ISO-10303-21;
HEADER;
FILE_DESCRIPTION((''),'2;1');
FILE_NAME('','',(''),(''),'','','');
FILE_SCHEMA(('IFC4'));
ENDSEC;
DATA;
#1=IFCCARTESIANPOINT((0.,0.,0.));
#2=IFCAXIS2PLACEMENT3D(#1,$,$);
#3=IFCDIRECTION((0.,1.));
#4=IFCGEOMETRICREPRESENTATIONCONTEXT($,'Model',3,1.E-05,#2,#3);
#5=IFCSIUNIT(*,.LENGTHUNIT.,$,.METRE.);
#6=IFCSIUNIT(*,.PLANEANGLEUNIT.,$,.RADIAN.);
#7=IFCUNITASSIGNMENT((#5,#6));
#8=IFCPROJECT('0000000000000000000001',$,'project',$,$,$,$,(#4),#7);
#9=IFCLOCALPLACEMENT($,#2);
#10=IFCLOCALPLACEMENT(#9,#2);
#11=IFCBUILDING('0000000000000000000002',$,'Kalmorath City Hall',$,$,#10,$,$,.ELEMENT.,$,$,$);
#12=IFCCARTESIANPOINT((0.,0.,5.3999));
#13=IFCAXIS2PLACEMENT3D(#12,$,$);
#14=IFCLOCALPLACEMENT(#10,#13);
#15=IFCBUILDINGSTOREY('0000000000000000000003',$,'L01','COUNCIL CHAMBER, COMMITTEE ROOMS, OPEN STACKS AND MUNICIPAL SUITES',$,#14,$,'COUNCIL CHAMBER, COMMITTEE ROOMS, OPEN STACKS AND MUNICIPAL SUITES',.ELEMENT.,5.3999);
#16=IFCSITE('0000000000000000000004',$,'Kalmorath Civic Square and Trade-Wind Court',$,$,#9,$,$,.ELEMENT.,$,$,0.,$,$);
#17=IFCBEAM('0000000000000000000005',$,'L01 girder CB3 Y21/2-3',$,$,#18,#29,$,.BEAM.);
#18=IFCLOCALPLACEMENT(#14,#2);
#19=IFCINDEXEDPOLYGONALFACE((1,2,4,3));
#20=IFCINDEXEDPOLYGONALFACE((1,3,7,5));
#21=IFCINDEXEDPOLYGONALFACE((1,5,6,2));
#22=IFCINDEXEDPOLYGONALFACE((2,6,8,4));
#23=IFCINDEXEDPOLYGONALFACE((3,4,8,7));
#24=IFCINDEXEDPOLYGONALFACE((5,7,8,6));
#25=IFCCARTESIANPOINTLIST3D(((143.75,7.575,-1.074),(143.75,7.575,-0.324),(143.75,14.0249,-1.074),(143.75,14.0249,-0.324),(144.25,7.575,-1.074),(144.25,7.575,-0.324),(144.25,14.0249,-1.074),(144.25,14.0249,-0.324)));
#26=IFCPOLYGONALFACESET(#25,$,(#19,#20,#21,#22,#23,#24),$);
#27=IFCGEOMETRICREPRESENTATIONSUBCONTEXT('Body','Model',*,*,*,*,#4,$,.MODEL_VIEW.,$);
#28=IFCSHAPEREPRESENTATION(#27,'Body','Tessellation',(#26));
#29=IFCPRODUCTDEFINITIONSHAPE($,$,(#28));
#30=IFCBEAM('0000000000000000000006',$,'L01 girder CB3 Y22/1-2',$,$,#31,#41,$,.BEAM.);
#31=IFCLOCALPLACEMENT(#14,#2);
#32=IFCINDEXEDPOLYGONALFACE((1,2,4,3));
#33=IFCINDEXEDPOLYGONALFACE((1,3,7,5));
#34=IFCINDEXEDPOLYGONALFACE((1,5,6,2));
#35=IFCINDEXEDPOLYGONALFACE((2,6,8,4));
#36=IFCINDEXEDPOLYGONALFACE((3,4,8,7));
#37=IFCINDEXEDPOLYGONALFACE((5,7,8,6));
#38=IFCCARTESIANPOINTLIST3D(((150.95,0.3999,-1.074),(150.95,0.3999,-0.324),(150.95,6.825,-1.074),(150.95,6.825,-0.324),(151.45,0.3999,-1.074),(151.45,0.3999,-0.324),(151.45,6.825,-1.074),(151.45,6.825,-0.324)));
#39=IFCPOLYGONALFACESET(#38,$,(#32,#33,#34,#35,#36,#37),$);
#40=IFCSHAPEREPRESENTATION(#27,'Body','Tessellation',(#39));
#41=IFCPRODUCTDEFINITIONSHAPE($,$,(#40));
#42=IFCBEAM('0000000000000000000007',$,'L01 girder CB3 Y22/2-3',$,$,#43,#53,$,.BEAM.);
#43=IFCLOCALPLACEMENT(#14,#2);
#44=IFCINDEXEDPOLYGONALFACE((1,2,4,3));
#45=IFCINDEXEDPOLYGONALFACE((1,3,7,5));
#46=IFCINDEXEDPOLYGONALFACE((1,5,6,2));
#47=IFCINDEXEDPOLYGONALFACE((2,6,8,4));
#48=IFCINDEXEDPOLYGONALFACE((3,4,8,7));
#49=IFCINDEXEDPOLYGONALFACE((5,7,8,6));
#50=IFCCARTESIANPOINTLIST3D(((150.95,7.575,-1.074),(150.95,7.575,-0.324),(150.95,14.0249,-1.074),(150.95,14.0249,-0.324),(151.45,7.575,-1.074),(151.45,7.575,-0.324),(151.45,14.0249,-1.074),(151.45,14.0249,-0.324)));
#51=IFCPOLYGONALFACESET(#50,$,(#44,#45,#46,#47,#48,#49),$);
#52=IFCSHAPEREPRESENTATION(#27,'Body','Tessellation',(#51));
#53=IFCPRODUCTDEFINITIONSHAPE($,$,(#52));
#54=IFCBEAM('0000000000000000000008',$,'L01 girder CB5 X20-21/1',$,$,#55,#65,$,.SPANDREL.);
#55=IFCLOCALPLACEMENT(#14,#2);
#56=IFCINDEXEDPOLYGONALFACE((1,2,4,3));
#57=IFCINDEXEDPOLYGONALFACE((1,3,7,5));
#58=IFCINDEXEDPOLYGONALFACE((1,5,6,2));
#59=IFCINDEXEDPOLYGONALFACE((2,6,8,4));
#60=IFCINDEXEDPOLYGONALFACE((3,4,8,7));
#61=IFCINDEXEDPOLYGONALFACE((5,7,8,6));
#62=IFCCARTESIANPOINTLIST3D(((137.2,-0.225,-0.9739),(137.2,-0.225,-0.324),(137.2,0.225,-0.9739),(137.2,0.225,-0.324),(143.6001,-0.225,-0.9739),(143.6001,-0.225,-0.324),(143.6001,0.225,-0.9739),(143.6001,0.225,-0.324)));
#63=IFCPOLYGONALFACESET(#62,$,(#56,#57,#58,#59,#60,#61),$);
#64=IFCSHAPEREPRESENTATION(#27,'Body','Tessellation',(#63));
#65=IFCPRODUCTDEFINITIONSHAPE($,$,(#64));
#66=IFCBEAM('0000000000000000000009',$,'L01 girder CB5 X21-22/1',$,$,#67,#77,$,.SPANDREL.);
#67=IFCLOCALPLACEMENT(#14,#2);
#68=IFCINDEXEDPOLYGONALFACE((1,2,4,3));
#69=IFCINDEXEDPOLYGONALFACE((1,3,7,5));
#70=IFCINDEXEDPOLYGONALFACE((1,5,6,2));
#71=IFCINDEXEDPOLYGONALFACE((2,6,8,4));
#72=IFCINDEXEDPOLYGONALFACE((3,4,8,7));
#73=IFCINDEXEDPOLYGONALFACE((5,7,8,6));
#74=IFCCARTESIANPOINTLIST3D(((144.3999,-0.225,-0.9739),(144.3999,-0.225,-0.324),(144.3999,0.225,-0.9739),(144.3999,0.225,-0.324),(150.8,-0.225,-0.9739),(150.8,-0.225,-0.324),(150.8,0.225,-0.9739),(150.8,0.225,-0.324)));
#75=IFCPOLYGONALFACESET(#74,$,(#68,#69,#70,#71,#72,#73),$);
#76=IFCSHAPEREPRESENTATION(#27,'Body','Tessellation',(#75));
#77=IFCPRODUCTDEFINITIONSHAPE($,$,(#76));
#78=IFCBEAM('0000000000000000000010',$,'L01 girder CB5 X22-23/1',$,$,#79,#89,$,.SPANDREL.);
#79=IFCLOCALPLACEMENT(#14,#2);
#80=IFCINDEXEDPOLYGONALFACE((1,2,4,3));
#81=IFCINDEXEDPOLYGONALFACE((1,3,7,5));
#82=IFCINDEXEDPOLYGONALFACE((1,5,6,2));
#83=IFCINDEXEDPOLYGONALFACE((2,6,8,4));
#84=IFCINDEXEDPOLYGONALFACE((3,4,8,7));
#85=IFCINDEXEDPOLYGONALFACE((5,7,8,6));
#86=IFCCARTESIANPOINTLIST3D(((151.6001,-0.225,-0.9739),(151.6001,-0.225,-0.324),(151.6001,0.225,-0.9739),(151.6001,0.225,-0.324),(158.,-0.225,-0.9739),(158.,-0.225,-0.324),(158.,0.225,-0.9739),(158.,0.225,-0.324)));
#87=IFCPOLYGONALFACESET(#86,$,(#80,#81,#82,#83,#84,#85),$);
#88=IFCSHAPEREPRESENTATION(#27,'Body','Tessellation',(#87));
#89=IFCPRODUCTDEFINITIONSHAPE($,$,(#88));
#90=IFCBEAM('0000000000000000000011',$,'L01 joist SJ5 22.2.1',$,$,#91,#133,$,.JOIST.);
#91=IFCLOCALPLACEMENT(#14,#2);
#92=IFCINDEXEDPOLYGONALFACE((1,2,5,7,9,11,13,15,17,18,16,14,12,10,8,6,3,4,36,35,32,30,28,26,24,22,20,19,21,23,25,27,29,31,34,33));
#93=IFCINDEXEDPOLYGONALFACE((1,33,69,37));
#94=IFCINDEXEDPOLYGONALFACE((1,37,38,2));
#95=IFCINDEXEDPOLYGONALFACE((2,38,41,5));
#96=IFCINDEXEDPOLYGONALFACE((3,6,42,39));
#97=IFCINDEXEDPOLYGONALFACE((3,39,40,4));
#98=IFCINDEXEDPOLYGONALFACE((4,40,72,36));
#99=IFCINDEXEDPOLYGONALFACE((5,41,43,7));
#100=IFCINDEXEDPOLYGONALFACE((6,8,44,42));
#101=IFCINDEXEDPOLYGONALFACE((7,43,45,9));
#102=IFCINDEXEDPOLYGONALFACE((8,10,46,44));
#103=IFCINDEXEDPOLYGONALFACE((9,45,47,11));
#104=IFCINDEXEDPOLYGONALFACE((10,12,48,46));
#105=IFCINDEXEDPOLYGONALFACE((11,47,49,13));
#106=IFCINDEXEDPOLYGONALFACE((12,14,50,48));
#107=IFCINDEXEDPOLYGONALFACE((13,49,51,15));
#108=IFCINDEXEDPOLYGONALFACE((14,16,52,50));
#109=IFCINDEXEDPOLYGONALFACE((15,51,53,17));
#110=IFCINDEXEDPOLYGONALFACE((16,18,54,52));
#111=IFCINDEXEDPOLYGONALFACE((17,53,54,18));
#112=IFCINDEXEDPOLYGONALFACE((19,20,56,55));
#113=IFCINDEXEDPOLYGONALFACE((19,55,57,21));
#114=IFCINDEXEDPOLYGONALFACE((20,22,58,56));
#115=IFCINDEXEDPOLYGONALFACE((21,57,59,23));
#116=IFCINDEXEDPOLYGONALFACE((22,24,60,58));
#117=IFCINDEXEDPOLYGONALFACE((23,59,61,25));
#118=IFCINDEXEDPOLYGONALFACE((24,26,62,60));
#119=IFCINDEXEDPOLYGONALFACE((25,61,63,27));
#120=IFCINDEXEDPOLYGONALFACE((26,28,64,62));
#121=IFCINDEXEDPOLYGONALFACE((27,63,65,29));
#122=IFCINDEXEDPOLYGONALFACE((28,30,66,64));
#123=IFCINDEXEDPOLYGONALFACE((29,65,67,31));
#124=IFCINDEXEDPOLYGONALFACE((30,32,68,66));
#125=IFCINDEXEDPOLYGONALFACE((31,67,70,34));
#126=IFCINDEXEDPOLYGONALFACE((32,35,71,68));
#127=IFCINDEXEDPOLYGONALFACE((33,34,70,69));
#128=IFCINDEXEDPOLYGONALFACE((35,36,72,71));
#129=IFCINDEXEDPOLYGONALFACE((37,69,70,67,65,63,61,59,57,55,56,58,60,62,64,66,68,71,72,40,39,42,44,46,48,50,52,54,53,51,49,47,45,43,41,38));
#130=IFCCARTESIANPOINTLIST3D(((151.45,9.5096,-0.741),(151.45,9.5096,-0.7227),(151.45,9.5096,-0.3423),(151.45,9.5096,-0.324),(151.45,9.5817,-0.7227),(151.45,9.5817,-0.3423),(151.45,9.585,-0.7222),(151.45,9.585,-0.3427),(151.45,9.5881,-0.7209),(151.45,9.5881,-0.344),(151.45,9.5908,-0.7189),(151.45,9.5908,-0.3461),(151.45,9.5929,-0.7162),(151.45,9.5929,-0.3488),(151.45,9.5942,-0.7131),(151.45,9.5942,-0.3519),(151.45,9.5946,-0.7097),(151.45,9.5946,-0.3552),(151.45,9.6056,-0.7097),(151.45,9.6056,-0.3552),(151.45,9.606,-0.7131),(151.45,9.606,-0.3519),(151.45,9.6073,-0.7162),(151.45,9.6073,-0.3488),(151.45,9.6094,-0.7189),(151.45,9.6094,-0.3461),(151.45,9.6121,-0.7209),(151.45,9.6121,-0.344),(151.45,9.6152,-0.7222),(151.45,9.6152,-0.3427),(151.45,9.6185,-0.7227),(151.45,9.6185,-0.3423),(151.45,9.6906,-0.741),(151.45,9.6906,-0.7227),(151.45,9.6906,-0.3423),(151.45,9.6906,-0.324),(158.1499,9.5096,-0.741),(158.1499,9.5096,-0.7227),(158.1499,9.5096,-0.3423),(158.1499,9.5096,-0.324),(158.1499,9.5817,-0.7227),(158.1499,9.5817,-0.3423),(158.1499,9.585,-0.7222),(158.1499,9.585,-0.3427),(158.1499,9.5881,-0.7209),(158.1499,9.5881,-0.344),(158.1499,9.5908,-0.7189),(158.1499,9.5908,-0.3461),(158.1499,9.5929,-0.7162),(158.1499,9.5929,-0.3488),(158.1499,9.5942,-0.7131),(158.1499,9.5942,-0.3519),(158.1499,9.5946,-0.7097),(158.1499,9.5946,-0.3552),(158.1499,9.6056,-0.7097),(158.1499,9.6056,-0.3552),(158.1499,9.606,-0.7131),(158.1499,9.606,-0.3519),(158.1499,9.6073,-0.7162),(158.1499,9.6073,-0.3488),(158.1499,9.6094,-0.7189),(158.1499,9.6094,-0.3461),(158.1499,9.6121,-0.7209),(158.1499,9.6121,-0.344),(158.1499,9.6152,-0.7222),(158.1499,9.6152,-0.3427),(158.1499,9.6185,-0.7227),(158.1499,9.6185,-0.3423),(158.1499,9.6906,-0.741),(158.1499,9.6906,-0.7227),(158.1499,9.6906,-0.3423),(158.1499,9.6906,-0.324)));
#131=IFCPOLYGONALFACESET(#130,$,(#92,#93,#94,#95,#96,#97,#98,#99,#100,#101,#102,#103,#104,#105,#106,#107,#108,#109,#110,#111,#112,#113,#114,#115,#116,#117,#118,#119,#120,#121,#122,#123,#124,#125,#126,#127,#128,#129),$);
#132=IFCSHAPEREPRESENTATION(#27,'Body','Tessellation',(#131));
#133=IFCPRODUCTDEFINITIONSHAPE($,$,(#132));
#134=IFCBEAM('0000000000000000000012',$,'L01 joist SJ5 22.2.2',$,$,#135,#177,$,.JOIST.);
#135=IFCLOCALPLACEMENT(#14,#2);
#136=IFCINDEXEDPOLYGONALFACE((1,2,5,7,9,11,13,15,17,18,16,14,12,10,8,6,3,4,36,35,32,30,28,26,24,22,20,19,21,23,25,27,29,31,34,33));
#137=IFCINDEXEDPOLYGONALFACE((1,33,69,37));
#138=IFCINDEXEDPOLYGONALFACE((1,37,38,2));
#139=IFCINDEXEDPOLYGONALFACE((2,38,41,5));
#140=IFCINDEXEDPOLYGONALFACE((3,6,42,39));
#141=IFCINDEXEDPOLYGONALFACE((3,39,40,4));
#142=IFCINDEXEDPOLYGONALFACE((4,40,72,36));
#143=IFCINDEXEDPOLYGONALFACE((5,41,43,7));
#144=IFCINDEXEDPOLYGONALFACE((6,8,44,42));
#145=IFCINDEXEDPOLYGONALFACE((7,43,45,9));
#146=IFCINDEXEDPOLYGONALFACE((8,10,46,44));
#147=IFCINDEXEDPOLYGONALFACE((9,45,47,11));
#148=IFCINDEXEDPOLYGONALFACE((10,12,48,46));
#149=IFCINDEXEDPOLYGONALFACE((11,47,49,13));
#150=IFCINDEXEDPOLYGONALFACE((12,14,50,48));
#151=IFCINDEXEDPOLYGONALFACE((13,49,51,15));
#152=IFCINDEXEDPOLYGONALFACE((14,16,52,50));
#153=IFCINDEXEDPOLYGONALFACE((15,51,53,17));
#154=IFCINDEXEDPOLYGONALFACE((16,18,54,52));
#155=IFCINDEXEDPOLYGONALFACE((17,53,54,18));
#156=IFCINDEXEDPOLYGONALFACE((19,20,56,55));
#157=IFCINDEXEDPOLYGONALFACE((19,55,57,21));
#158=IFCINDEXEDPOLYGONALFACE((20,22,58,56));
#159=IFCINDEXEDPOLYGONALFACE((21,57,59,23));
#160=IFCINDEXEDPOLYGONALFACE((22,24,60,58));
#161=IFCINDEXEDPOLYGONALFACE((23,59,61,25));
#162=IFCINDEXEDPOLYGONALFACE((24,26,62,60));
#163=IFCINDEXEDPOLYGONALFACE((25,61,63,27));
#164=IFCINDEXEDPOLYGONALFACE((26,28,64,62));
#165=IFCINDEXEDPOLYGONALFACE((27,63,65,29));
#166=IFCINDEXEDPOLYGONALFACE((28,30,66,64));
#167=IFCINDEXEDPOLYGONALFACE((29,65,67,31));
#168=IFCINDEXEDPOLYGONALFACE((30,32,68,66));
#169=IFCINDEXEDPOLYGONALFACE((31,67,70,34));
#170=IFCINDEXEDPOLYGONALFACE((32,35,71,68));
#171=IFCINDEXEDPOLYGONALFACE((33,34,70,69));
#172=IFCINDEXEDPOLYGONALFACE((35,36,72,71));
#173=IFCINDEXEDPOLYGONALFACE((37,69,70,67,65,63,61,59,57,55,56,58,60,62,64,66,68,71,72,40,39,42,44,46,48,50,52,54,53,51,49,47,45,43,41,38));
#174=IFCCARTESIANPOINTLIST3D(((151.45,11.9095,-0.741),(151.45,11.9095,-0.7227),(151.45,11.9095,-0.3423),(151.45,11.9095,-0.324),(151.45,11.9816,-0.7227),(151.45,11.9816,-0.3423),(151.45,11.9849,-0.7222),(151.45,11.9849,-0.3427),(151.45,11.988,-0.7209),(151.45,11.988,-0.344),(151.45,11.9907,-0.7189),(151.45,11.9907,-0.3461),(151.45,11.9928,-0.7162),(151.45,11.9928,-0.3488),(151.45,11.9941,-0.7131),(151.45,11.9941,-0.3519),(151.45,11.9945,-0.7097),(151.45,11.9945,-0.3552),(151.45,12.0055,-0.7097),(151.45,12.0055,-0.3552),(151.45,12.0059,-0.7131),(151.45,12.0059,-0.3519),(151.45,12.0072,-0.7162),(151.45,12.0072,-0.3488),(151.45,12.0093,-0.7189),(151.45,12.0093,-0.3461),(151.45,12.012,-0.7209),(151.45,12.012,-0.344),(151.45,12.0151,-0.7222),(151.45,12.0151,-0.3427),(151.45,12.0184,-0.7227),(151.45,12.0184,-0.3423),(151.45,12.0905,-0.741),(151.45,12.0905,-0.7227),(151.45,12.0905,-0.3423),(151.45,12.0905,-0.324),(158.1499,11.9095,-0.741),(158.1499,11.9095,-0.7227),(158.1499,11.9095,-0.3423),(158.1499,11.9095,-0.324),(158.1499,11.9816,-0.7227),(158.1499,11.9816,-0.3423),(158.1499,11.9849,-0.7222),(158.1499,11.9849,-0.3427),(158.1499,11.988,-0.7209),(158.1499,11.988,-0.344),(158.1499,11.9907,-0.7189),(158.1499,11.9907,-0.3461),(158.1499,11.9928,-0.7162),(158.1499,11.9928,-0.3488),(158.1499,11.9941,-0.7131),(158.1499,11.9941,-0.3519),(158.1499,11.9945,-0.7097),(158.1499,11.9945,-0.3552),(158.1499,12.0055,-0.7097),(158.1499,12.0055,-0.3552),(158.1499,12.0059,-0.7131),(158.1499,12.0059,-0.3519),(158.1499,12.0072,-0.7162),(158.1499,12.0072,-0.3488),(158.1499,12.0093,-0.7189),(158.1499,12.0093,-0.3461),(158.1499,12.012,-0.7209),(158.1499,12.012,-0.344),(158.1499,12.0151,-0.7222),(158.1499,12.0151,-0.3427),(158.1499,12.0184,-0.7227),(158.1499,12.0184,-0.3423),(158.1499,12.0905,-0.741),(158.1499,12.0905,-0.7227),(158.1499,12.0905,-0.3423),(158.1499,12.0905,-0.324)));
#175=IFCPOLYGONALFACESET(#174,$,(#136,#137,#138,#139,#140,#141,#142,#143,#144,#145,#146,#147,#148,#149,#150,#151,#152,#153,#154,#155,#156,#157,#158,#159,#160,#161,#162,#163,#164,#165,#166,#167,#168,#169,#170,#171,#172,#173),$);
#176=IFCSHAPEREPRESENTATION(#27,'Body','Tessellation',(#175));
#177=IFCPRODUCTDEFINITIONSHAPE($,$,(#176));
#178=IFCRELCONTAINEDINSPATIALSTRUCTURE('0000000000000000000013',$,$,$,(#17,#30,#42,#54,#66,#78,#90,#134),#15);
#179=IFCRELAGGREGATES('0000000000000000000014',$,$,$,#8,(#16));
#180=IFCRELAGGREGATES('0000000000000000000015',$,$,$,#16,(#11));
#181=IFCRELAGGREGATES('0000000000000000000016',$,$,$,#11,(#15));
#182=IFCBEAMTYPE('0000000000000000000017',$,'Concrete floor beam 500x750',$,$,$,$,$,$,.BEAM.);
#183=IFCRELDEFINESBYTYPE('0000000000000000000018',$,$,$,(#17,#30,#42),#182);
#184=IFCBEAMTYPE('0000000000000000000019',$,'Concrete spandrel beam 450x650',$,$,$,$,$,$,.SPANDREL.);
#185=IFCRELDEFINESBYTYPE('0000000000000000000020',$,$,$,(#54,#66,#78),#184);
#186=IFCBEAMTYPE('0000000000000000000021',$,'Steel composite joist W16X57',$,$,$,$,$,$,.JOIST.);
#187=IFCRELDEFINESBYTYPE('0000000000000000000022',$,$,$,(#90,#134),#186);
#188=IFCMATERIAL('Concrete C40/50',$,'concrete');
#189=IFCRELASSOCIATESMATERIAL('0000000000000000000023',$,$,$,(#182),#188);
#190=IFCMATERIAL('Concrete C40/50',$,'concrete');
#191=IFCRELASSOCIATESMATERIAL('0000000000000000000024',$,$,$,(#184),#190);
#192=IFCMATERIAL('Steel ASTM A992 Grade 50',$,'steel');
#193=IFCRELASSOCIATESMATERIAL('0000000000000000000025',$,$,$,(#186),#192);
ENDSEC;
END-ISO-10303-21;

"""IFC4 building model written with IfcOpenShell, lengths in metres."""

from ifc_helpers import new_model, si_unit, direction, frame, origin, origin_2d, place, context, subcontext, project, spatial, rectangle, i_section, extrude, material, material_profile, profile_set, type_object, element, save


model = new_model("IFC4")

# Units and contexts
model_context = context("Model", 3, precision=1e-05, world=origin(), true_north=direction((0.0, 1.0)))
body_context = subcontext(model_context, "Body", "Model", "MODEL_VIEW")
ifc_project = project(units=[si_unit("LENGTHUNIT", "METRE"), si_unit("PLANEANGLEUNIT", "RADIAN")], contexts=[model_context])

# Site, building, storey
site_placement = place(None, origin())
site = spatial("IfcSite", under=ifc_project, at=site_placement, Name="Kalmorath Civic Square and Trade-Wind Court", CompositionType="ELEMENT", RefElevation=0.0)
building_placement = place(site_placement, origin())
building = spatial("IfcBuilding", under=site, at=building_placement, Name="Kalmorath City Hall", CompositionType="ELEMENT")
storey_placement = place(building_placement, frame((0.0, 0.0, 5.3999)))
storey = spatial("IfcBuildingStorey", under=building, at=storey_placement, Name="L01", Description="COUNCIL CHAMBER, COMMITTEE ROOMS, OPEN STACKS AND MUNICIPAL SUITES", LongName="COUNCIL CHAMBER, COMMITTEE ROOMS, OPEN STACKS AND MUNICIPAL SUITES", CompositionType="ELEMENT", Elevation=5.3999)

# Beams
ifc_material_1 = material(Name="Concrete C40/50", Category="concrete")
ifc_material_profile_1 = material_profile(ifc_material_1, rectangle(XDim=0.5, YDim=0.75, at=origin_2d()), Name="RC-BM-500X750")
ifc_profile_set_1 = profile_set([ifc_material_profile_1], Name="Concrete C40/50")
beam_type_1 = type_object("IfcBeamType", Name="Concrete floor beam 500x750", PredefinedType="BEAM", material=ifc_profile_set_1)
beam_1_placement = place(storey_placement, frame((144.0, 7.575, -0.699), z_axis=(0.0, 1.0, 0.0), x_axis=(-1.0, 0.0, 0.0)))
element("IfcBeam", 1, at=beam_1_placement, inside=storey, type_object=beam_type_1, Name="L01 girder CB3 Y21/2-3", PredefinedType="BEAM", context=body_context, shape_type="SweptSolid", body=[
    extrude(rectangle(XDim=0.5, YDim=0.75, at=origin_2d()), origin(), (0.0, 0.0, 1.0), 6.45),
])
beam_2_placement = place(storey_placement, frame((151.2, 0.3999, -0.699), z_axis=(0.0, 1.0, 0.0), x_axis=(-1.0, 0.0, 0.0)))
element("IfcBeam", 2, at=beam_2_placement, inside=storey, type_object=beam_type_1, Name="L01 girder CB3 Y22/1-2", PredefinedType="BEAM", context=body_context, shape_type="SweptSolid", body=[
    extrude(rectangle(XDim=0.5, YDim=0.75, at=origin_2d()), origin(), (0.0, 0.0, 1.0), 6.425),
])
beam_3_placement = place(storey_placement, frame((151.2, 7.575, -0.699), z_axis=(0.0, 1.0, 0.0), x_axis=(-1.0, 0.0, 0.0)))
element("IfcBeam", 3, at=beam_3_placement, inside=storey, type_object=beam_type_1, Name="L01 girder CB3 Y22/2-3", PredefinedType="BEAM", context=body_context, shape_type="SweptSolid", body=[
    extrude(rectangle(XDim=0.5, YDim=0.75, at=origin_2d()), origin(), (0.0, 0.0, 1.0), 6.45),
])
ifc_material_2 = material(Name="Concrete C40/50", Category="concrete")
ifc_material_profile_2 = material_profile(ifc_material_2, rectangle(XDim=0.45, YDim=0.6499, at=origin_2d()), Name="RC-BM-450X650")
ifc_profile_set_2 = profile_set([ifc_material_profile_2], Name="Concrete C40/50")
beam_type_2 = type_object("IfcBeamType", Name="Concrete spandrel beam 450x650", PredefinedType="SPANDREL", material=ifc_profile_set_2)
for number, where, z_axis, x_axis, name in (
    (4, (137.2, 0.0, -0.6489), (1.0, 0.0, 0.0), (0.0, 1.0, 0.0), "L01 girder CB5 X20-21/1"),
    (5, (144.3999, 0.0, -0.6489), (1.0, 0.0, 0.0), (0.0, 1.0, 0.0), "L01 girder CB5 X21-22/1"),
):
    element("IfcBeam", number, at=place(storey_placement, frame(where, z_axis=z_axis, x_axis=x_axis)), inside=storey, type_object=beam_type_2, Name=name, PredefinedType="SPANDREL", context=body_context, shape_type="SweptSolid", body=[
        extrude(rectangle(XDim=0.45, YDim=0.6499, at=origin_2d()), origin(), (0.0, 0.0, 1.0), 6.4001),
    ])
beam_4_placement = place(storey_placement, frame((151.6001, 0.0, -0.6489), z_axis=(1.0, 0.0, 0.0), x_axis=(0.0, 1.0, 0.0)))
element("IfcBeam", 6, at=beam_4_placement, inside=storey, type_object=beam_type_2, Name="L01 girder CB5 X22-23/1", PredefinedType="SPANDREL", context=body_context, shape_type="SweptSolid", body=[
    extrude(rectangle(XDim=0.45, YDim=0.6499, at=origin_2d()), origin(), (0.0, 0.0, 1.0), 6.3999),
])
ifc_material_3 = material(Name="Steel ASTM A992 Grade 50", Category="steel")
ifc_material_profile_3 = material_profile(ifc_material_3, i_section(OverallWidth=0.1809, OverallDepth=0.417, WebThickness=0.011, FlangeThickness=0.0183, FilletRadius=0.0129, at=origin_2d()), Name="W16X57")
ifc_profile_set_3 = profile_set([ifc_material_profile_3], Name="Steel ASTM A992 Grade 50")
beam_type_3 = type_object("IfcBeamType", Name="Steel composite joist W16X57", PredefinedType="JOIST", material=ifc_profile_set_3)
for number, where, z_axis, x_axis, name in (
    (7, (151.45, 9.6001, -0.5325), (1.0, 0.0, 0.0), (0.0, 1.0, 0.0), "L01 joist SJ5 22.2.1"),
    (8, (151.45, 12.0, -0.5325), (1.0, 0.0, 0.0), (0.0, 1.0, 0.0), "L01 joist SJ5 22.2.2"),
):
    element("IfcBeam", number, at=place(storey_placement, frame(where, z_axis=z_axis, x_axis=x_axis)), inside=storey, type_object=beam_type_3, Name=name, PredefinedType="JOIST", context=body_context, shape_type="SweptSolid", body=[
        extrude(i_section(OverallWidth=0.1809, OverallDepth=0.417, WebThickness=0.011, FlangeThickness=0.0183, FilletRadius=0.0129, at=origin_2d()), origin(), (0.0, 0.0, 1.0), 6.7),
    ])

save(model, "model.ifc")
